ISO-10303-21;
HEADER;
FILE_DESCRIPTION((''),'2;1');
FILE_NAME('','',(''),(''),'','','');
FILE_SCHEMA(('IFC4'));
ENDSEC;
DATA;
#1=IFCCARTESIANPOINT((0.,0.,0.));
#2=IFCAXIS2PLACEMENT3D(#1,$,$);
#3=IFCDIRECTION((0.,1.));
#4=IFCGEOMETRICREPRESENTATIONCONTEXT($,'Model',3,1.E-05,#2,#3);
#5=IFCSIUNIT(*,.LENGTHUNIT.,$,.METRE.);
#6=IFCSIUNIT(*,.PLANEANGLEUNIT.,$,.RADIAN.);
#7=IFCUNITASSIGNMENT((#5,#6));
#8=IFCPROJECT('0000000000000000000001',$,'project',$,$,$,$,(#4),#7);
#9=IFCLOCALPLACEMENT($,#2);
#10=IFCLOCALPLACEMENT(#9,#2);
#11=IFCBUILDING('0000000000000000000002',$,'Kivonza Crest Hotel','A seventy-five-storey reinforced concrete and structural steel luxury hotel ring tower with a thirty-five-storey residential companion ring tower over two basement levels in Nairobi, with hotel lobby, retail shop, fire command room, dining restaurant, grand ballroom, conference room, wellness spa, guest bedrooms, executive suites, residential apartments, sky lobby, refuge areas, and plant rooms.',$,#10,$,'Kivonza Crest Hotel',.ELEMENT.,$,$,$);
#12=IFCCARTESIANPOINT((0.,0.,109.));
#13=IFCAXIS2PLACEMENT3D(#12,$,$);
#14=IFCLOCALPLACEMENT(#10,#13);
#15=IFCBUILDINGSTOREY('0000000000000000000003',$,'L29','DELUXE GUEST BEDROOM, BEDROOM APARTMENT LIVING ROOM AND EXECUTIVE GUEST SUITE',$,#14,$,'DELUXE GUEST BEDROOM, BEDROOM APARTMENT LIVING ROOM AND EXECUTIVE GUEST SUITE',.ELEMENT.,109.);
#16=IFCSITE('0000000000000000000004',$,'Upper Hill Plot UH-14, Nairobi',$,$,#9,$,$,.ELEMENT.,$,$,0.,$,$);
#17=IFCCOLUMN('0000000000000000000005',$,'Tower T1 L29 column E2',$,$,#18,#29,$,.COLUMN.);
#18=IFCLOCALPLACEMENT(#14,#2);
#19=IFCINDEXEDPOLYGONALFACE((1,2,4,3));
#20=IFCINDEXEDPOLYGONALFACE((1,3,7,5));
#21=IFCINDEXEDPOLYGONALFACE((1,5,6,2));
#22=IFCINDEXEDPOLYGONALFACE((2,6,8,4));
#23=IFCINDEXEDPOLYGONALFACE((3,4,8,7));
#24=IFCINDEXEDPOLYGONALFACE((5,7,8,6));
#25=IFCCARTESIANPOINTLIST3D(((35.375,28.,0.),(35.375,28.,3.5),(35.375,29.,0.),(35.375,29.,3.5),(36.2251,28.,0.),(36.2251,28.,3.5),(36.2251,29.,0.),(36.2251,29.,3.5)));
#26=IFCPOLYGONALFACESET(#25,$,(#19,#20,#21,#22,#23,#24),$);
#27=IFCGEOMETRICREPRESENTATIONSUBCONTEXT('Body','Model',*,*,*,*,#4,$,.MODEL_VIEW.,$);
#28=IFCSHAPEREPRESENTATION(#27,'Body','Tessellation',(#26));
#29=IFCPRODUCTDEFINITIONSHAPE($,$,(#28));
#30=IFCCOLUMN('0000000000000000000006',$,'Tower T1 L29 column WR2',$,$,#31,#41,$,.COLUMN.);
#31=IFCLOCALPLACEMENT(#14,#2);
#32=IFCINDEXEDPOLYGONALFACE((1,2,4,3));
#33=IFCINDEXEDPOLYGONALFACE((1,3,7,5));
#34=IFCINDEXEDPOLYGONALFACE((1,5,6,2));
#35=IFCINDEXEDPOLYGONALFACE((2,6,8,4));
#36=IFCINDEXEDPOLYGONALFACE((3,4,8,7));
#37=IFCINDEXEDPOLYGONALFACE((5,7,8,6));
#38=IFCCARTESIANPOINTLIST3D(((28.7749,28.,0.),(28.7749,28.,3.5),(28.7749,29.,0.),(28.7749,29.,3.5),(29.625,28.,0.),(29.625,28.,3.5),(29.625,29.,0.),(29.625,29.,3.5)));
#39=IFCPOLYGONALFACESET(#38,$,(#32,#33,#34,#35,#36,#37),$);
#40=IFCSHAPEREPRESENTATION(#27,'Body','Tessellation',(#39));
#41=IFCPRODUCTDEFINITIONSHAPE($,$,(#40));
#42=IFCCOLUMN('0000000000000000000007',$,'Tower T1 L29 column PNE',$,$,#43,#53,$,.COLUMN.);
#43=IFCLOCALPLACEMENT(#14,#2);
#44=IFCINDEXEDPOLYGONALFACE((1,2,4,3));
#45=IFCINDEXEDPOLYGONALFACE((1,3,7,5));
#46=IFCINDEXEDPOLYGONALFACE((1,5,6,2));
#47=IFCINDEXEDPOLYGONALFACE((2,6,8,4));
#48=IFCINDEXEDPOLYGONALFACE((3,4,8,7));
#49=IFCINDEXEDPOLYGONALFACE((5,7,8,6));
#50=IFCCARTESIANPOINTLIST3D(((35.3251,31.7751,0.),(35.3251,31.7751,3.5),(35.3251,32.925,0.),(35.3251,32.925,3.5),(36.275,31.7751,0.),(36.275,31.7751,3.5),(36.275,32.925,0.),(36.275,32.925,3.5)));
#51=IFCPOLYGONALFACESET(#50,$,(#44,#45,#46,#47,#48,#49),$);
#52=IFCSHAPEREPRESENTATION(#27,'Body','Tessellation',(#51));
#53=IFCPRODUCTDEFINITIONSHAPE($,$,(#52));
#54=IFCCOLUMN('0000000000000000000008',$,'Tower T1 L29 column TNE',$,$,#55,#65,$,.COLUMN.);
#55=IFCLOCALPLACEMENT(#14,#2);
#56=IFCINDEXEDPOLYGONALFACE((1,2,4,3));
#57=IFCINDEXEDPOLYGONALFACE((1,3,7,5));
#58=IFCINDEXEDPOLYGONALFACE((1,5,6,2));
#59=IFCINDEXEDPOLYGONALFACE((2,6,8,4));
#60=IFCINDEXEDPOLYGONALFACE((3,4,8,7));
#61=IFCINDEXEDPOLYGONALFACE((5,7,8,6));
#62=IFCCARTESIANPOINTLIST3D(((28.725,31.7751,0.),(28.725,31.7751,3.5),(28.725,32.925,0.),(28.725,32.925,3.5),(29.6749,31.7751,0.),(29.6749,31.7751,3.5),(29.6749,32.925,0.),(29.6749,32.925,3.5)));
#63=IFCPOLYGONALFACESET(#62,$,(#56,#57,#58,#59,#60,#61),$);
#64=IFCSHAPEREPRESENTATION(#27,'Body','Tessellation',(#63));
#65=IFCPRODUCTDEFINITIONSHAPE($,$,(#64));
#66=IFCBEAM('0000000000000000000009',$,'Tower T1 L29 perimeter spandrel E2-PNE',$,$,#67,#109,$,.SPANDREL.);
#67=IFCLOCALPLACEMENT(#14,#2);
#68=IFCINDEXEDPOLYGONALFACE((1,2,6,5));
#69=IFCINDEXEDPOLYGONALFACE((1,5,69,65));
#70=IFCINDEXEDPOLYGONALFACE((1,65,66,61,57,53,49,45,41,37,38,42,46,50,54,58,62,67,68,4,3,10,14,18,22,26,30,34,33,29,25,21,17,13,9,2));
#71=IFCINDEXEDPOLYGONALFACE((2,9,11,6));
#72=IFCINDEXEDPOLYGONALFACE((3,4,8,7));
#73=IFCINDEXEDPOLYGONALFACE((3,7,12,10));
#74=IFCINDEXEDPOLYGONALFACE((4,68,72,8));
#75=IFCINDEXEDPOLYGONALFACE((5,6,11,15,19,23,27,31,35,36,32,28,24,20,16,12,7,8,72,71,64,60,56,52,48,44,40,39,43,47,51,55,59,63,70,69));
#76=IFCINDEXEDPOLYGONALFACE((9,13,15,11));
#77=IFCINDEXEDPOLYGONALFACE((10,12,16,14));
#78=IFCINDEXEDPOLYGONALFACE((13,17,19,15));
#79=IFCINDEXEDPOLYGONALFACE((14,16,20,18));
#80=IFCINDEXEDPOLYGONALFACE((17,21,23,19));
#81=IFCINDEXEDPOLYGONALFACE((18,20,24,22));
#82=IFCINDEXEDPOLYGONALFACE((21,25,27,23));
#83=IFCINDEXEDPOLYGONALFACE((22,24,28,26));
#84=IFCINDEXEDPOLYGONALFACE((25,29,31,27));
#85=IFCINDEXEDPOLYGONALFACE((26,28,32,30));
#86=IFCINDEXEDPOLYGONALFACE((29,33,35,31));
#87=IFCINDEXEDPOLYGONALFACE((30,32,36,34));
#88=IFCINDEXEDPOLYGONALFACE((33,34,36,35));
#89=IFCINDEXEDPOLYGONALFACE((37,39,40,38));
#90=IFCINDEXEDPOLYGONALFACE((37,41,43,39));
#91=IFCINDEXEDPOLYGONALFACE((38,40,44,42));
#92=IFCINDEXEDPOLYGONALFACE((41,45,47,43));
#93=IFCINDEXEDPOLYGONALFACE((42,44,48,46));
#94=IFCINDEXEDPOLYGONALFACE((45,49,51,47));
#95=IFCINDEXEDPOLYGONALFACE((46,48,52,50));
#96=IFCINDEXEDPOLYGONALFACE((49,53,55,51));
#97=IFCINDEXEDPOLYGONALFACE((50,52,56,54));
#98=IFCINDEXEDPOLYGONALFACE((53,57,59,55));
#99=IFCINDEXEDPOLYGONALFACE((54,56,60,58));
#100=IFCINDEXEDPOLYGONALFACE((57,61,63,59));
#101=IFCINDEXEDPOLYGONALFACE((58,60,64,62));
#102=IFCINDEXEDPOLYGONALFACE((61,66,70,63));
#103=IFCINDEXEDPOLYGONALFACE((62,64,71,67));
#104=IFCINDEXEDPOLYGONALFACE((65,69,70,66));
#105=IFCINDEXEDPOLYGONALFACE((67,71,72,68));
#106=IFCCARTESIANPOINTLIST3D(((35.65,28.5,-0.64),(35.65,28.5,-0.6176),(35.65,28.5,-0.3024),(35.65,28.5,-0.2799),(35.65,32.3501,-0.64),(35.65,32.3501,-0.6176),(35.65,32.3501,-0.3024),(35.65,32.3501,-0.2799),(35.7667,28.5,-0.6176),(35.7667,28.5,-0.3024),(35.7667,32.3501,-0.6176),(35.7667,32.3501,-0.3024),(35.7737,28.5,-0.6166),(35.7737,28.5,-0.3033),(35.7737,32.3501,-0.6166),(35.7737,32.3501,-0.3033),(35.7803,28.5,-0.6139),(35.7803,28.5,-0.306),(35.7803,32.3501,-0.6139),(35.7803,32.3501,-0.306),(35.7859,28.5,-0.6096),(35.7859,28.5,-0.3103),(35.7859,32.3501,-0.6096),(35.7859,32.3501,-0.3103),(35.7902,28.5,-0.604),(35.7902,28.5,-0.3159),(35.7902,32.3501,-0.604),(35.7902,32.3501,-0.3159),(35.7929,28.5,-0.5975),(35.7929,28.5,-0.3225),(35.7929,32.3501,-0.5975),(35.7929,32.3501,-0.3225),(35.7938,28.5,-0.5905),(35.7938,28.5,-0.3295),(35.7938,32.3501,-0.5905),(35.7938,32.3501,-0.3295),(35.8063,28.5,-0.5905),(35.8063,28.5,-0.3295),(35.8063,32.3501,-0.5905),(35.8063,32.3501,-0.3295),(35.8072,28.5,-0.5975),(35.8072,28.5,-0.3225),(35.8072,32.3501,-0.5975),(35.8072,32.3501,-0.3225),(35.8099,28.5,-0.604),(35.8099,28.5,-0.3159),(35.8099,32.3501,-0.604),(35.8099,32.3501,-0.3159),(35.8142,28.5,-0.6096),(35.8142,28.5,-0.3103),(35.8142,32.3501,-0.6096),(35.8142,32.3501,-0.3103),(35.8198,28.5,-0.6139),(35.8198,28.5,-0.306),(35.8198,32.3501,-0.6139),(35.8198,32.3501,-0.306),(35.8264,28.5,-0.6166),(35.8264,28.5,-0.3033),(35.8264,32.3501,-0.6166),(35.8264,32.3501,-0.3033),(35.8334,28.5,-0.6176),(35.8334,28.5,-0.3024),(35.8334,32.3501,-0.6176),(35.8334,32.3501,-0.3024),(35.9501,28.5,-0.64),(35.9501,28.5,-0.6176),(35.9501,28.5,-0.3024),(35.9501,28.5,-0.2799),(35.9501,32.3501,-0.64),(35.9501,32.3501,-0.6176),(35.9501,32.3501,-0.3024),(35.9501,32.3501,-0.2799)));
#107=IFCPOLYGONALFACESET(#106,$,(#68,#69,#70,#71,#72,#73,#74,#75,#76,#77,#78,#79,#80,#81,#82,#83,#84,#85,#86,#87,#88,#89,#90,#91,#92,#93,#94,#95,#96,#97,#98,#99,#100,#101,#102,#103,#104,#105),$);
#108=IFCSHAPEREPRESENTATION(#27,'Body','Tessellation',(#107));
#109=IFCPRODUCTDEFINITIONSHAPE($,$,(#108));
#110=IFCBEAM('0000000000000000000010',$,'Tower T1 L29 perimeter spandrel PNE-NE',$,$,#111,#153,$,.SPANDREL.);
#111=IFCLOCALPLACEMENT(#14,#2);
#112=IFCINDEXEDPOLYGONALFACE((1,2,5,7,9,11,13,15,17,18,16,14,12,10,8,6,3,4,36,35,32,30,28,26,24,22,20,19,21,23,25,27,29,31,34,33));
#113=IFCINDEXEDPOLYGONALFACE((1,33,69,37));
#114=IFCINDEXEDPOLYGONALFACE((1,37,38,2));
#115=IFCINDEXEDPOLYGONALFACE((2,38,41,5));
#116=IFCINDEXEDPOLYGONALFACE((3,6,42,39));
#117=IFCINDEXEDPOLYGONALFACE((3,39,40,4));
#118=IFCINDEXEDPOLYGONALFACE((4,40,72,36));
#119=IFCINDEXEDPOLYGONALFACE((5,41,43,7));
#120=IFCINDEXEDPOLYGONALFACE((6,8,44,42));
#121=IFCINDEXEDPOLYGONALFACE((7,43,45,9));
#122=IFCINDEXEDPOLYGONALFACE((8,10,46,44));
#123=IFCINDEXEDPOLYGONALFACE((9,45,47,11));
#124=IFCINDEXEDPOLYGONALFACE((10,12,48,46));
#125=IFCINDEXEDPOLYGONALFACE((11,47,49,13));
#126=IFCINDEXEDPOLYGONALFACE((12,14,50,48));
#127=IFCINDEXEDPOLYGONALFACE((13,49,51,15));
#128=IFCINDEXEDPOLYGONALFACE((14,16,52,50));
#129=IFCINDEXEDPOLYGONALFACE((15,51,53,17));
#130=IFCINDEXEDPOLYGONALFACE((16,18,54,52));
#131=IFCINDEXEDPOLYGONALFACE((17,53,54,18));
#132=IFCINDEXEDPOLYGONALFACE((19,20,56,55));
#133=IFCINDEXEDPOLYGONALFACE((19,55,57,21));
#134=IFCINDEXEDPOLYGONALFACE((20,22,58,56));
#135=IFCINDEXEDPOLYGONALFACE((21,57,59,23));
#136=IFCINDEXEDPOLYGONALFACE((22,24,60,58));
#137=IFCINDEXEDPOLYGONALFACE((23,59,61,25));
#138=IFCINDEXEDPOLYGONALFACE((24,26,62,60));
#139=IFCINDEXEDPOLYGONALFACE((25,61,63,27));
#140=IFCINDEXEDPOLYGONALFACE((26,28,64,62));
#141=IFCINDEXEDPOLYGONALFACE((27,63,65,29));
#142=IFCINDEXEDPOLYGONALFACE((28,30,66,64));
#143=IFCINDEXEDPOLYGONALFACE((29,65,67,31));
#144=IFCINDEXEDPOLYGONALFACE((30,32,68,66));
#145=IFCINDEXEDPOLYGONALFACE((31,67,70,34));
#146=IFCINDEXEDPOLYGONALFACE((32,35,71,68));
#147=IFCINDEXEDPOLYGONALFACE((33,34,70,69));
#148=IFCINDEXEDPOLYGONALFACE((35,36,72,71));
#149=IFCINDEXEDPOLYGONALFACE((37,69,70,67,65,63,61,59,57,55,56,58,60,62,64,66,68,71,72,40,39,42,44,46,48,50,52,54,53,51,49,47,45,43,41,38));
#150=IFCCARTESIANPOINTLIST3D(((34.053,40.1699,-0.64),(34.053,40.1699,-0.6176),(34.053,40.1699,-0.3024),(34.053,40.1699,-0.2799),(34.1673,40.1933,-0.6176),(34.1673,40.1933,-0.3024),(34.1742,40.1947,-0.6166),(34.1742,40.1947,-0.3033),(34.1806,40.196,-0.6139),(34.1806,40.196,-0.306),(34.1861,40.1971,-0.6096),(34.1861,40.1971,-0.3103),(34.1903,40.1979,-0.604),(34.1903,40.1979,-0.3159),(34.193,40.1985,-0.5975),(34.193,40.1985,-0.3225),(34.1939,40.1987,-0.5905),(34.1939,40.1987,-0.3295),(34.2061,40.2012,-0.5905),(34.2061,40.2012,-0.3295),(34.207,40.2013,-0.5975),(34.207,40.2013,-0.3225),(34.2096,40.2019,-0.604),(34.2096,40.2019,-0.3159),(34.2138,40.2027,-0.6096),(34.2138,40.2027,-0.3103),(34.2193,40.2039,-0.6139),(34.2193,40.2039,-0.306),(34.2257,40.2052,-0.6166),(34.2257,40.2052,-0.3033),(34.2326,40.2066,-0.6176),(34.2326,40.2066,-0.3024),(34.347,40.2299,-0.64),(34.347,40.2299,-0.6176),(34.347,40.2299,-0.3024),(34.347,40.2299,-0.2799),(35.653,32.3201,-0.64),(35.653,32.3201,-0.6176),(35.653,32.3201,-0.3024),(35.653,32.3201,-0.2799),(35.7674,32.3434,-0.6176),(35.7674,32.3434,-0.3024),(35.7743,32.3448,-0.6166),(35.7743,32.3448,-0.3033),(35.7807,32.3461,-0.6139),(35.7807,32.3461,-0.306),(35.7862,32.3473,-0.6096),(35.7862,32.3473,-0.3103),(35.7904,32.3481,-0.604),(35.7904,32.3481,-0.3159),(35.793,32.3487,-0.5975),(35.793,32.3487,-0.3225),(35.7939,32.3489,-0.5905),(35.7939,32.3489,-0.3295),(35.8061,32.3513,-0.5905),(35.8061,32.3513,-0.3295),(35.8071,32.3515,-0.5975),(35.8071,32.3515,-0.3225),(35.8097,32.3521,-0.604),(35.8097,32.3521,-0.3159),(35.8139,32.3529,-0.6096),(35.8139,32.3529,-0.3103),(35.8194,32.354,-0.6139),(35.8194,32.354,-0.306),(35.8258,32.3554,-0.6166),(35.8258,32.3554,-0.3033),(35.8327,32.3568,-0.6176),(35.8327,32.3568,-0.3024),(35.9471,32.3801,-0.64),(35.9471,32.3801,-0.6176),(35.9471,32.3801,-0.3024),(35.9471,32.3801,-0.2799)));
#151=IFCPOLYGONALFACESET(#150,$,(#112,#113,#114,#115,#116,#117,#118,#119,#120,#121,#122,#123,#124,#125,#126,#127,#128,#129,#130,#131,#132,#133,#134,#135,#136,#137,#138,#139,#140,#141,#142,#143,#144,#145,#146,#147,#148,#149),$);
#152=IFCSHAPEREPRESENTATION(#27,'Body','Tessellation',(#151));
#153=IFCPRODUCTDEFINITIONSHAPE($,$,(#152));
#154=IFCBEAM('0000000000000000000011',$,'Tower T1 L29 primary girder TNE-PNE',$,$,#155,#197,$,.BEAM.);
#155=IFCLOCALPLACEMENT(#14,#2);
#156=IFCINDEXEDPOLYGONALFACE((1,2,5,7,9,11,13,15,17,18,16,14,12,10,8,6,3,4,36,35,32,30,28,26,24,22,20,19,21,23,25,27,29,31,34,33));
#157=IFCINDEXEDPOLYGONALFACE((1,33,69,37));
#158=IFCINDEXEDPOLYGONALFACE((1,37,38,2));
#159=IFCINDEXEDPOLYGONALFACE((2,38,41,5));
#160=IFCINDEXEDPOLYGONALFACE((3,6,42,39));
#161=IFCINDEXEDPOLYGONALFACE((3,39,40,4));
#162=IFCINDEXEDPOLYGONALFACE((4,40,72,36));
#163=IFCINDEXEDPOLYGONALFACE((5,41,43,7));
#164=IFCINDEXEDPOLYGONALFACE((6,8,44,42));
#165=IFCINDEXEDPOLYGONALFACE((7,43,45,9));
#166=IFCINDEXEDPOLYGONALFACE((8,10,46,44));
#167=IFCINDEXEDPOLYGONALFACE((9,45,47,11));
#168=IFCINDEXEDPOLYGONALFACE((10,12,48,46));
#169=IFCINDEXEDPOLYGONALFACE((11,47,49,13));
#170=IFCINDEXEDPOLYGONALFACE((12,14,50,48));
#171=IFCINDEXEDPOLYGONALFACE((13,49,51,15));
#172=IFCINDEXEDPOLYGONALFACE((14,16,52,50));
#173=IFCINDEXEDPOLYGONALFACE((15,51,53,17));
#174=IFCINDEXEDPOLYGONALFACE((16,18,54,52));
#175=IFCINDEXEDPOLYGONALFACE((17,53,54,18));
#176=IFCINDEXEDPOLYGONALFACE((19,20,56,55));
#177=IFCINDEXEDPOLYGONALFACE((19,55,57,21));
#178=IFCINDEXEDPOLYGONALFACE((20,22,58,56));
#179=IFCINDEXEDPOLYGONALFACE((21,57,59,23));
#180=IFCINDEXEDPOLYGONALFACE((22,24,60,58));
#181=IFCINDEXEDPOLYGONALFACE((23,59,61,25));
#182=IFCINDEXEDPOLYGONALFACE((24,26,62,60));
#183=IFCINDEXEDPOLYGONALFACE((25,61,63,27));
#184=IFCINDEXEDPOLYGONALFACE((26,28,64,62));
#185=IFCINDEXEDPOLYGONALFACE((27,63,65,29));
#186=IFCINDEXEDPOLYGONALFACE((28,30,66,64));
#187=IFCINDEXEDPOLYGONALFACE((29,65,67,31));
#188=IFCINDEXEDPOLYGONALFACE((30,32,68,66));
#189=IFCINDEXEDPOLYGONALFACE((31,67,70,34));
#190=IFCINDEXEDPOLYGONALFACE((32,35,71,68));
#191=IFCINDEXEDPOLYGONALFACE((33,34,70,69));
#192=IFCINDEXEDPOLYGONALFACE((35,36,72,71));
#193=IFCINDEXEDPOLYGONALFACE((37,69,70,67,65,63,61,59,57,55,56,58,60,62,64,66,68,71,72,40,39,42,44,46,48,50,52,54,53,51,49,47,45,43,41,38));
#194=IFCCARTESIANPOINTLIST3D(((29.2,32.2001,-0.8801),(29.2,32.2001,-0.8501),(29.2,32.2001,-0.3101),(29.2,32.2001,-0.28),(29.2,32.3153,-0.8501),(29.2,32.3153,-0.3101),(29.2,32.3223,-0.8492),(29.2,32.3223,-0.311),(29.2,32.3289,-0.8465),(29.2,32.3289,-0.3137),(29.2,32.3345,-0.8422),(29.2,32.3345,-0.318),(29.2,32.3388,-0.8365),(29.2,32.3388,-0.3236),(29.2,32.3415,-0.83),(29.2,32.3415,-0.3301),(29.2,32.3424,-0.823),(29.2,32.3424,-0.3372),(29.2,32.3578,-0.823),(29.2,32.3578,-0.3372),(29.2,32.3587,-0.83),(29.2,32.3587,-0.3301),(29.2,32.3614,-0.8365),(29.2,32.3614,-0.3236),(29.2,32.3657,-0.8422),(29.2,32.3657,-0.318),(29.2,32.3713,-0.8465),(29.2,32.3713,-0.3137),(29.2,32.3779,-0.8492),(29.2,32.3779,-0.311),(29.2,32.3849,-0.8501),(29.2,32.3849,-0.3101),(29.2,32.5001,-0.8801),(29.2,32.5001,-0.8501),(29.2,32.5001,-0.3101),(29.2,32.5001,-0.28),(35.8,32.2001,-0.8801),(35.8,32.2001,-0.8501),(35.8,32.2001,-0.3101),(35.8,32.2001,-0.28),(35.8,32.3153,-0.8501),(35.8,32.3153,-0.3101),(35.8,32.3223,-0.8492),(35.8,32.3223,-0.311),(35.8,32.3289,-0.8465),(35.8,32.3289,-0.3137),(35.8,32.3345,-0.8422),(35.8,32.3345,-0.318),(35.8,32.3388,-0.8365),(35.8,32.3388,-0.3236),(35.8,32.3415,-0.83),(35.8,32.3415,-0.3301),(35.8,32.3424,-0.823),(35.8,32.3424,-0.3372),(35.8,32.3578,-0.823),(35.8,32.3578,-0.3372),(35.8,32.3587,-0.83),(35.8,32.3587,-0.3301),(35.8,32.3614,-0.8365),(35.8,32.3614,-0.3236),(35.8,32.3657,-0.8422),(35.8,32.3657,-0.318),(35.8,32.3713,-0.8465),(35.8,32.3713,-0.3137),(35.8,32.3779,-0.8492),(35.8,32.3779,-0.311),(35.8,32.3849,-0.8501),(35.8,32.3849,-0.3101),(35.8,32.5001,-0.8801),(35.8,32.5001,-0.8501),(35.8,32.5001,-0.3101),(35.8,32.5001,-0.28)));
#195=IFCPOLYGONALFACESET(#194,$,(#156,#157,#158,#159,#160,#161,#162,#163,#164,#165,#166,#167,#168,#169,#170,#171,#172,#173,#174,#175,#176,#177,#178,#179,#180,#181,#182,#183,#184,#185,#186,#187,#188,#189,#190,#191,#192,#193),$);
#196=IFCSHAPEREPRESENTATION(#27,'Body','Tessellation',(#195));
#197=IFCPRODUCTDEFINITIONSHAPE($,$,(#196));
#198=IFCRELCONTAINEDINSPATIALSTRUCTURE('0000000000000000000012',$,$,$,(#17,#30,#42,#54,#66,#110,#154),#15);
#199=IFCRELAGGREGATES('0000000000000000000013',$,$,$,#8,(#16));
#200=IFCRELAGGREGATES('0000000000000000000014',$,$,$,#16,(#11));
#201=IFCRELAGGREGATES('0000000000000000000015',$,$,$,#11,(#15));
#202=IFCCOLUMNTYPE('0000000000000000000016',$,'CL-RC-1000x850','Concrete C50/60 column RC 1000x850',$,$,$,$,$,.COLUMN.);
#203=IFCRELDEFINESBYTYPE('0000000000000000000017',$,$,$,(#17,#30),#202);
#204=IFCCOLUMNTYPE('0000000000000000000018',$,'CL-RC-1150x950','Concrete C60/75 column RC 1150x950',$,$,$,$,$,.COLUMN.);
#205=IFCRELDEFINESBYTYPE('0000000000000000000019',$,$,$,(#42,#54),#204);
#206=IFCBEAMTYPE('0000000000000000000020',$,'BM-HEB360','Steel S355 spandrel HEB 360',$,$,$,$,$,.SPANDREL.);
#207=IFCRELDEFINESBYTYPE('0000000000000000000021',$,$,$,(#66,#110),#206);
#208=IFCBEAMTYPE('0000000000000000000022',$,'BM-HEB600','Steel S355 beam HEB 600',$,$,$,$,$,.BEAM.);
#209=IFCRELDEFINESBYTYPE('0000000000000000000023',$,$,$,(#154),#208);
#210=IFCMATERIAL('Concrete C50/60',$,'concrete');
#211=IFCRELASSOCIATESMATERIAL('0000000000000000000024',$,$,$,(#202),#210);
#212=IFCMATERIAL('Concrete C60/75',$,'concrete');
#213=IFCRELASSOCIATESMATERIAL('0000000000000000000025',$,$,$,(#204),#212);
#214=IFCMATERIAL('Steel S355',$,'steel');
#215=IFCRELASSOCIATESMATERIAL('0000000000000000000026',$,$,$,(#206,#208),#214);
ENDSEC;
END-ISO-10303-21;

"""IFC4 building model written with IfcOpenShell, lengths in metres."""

from ifc_helpers import new_model, si_unit, direction, frame, origin, origin_2d, place, context, subcontext, project, spatial, rectangle, i_section, extrude, material, material_profile, profile_set, type_object, element, save


model = new_model("IFC4")

# Units and contexts
model_context = context("Model", 3, precision=1e-05, world=origin(), true_north=direction((0.0, 1.0)))
body_context = subcontext(model_context, "Body", "Model", "MODEL_VIEW")
ifc_project = project(units=[si_unit("LENGTHUNIT", "METRE"), si_unit("PLANEANGLEUNIT", "RADIAN")], contexts=[model_context])

# Site, building, storey
site_placement = place(None, origin())
site = spatial("IfcSite", under=ifc_project, at=site_placement, Name="Upper Hill Plot UH-14, Nairobi", CompositionType="ELEMENT", RefElevation=0.0)
building_placement = place(site_placement, origin())
building = spatial("IfcBuilding", under=site, at=building_placement, Name="Kivonza Crest Hotel", Description="A seventy-five-storey reinforced concrete and structural steel luxury hotel ring tower with a thirty-five-storey residential companion ring tower over two basement levels in Nairobi, with hotel lobby, retail shop, fire command room, dining restaurant, grand ballroom, conference room, wellness spa, guest bedrooms, executive suites, residential apartments, sky lobby, refuge areas, and plant rooms.", LongName="Kivonza Crest Hotel", CompositionType="ELEMENT")
storey_placement = place(building_placement, frame((0.0, 0.0, 109.0)))
storey = spatial("IfcBuildingStorey", under=building, at=storey_placement, Name="L29", Description="DELUXE GUEST BEDROOM, BEDROOM APARTMENT LIVING ROOM AND EXECUTIVE GUEST SUITE", LongName="DELUXE GUEST BEDROOM, BEDROOM APARTMENT LIVING ROOM AND EXECUTIVE GUEST SUITE", CompositionType="ELEMENT", Elevation=109.0)

# Columns
ifc_material_1 = material(Name="Concrete C50/60", Category="concrete")
ifc_material_profile_1 = material_profile(ifc_material_1, rectangle(XDim=0.8501, YDim=1.0, at=origin_2d()), Name="RC 1000x850")
ifc_profile_set_1 = profile_set([ifc_material_profile_1], Name="Concrete C50/60")
column_type_1 = type_object("IfcColumnType", Name="CL-RC-1000x850", Description="Concrete C50/60 column RC 1000x850", PredefinedType="COLUMN", material=ifc_profile_set_1)
for number, where, z_axis, x_axis, name in (
    (1, (35.8, 28.5, 0.0), (0.0, 0.0, 1.0), (1.0, 0.0, 0.0), "Tower T1 L29 column E2"),
    (2, (29.2, 28.5, 0.0), (0.0, 0.0, 1.0), (1.0, 0.0, 0.0), "Tower T1 L29 column WR2"),
):
    element("IfcColumn", number, at=place(storey_placement, frame(where, z_axis=z_axis, x_axis=x_axis)), inside=storey, type_object=column_type_1, Name=name, PredefinedType="COLUMN", context=body_context, shape_type="SweptSolid", body=[
        extrude(rectangle(XDim=0.8501, YDim=1.0, at=origin_2d()), origin(), (0.0, 0.0, 1.0), 3.5),
    ])
ifc_material_2 = material(Name="Concrete C60/75", Category="concrete")
ifc_material_profile_2 = material_profile(ifc_material_2, rectangle(XDim=0.95, YDim=1.1499, at=origin_2d()), Name="RC 1150x950")
ifc_profile_set_2 = profile_set([ifc_material_profile_2], Name="Concrete C60/75")
column_type_2 = type_object("IfcColumnType", Name="CL-RC-1150x950", Description="Concrete C60/75 column RC 1150x950", PredefinedType="COLUMN", material=ifc_profile_set_2)
for number, where, z_axis, x_axis, name in (
    (3, (35.8, 32.3501, 0.0), (0.0, 0.0, 1.0), (1.0, 0.0, 0.0), "Tower T1 L29 column PNE"),
    (4, (29.2, 32.3501, 0.0), (0.0, 0.0, 1.0), (1.0, 0.0, 0.0), "Tower T1 L29 column TNE"),
):
    element("IfcColumn", number, at=place(storey_placement, frame(where, z_axis=z_axis, x_axis=x_axis)), inside=storey, type_object=column_type_2, Name=name, PredefinedType="COLUMN", context=body_context, shape_type="SweptSolid", body=[
        extrude(rectangle(XDim=0.95, YDim=1.1499, at=origin_2d()), origin(), (0.0, 0.0, 1.0), 3.5),
    ])

# Beams
ifc_material_3 = material(Name="Steel S355", Category="steel")
ifc_material_profile_3 = material_profile(ifc_material_3, i_section(OverallWidth=0.3, OverallDepth=0.3601, WebThickness=0.0125, FlangeThickness=0.0225, FilletRadius=0.0271, at=origin_2d()), Name="HEB 360")
ifc_profile_set_3 = profile_set([ifc_material_profile_3], Name="Steel S355")
beam_type_1 = type_object("IfcBeamType", Name="BM-HEB360", Description="Steel S355 spandrel HEB 360", PredefinedType="SPANDREL", material=ifc_profile_set_3)
beam_1_placement = place(storey_placement, frame((35.8, 28.5, -0.46), z_axis=(0.0, 1.0, 0.0), x_axis=(-1.0, 0.0, 0.0)))
element("IfcBeam", 5, at=beam_1_placement, inside=storey, type_object=beam_type_1, Name="Tower T1 L29 perimeter spandrel E2-PNE", PredefinedType="SPANDREL", context=body_context, shape_type="SweptSolid", body=[
    extrude(i_section(OverallWidth=0.3, OverallDepth=0.3601, WebThickness=0.0125, FlangeThickness=0.0225, FilletRadius=0.0271, at=origin_2d()), origin(), (0.0, 0.0, 1.0), 3.8501),
])
beam_2_placement = place(storey_placement, frame((35.8, 32.3501, -0.46), z_axis=(-0.199731, 0.979851, 0.0), x_axis=(-0.979851, -0.199731, 0.0)))
element("IfcBeam", 6, at=beam_2_placement, inside=storey, type_object=beam_type_1, Name="Tower T1 L29 perimeter spandrel PNE-NE", PredefinedType="SPANDREL", context=body_context, shape_type="SweptSolid", body=[
    extrude(i_section(OverallWidth=0.3, OverallDepth=0.3601, WebThickness=0.0125, FlangeThickness=0.0225, FilletRadius=0.0271, at=origin_2d()), origin(), (0.0, 0.0, 1.0), 8.0112),
])
ifc_material_profile_4 = material_profile(ifc_material_3, i_section(OverallWidth=0.3, OverallDepth=0.6001, WebThickness=0.0154, FlangeThickness=0.03, FilletRadius=0.0271, at=origin_2d()), Name="HEB 600")
ifc_profile_set_4 = profile_set([ifc_material_profile_4], Name="Steel S355")
beam_type_2 = type_object("IfcBeamType", Name="BM-HEB600", Description="Steel S355 beam HEB 600", PredefinedType="BEAM", material=ifc_profile_set_4)
beam_3_placement = place(storey_placement, frame((29.2, 32.3501, -0.5801), z_axis=(1.0, 0.0, 0.0), x_axis=(0.0, 1.0, 0.0)))
element("IfcBeam", 7, at=beam_3_placement, inside=storey, type_object=beam_type_2, Name="Tower T1 L29 primary girder TNE-PNE", PredefinedType="BEAM", context=body_context, shape_type="SweptSolid", body=[
    extrude(i_section(OverallWidth=0.3, OverallDepth=0.6001, WebThickness=0.0154, FlangeThickness=0.03, FilletRadius=0.0271, at=origin_2d()), origin(), (0.0, 0.0, 1.0), 6.6001),
])

save(model, "model.ifc")
